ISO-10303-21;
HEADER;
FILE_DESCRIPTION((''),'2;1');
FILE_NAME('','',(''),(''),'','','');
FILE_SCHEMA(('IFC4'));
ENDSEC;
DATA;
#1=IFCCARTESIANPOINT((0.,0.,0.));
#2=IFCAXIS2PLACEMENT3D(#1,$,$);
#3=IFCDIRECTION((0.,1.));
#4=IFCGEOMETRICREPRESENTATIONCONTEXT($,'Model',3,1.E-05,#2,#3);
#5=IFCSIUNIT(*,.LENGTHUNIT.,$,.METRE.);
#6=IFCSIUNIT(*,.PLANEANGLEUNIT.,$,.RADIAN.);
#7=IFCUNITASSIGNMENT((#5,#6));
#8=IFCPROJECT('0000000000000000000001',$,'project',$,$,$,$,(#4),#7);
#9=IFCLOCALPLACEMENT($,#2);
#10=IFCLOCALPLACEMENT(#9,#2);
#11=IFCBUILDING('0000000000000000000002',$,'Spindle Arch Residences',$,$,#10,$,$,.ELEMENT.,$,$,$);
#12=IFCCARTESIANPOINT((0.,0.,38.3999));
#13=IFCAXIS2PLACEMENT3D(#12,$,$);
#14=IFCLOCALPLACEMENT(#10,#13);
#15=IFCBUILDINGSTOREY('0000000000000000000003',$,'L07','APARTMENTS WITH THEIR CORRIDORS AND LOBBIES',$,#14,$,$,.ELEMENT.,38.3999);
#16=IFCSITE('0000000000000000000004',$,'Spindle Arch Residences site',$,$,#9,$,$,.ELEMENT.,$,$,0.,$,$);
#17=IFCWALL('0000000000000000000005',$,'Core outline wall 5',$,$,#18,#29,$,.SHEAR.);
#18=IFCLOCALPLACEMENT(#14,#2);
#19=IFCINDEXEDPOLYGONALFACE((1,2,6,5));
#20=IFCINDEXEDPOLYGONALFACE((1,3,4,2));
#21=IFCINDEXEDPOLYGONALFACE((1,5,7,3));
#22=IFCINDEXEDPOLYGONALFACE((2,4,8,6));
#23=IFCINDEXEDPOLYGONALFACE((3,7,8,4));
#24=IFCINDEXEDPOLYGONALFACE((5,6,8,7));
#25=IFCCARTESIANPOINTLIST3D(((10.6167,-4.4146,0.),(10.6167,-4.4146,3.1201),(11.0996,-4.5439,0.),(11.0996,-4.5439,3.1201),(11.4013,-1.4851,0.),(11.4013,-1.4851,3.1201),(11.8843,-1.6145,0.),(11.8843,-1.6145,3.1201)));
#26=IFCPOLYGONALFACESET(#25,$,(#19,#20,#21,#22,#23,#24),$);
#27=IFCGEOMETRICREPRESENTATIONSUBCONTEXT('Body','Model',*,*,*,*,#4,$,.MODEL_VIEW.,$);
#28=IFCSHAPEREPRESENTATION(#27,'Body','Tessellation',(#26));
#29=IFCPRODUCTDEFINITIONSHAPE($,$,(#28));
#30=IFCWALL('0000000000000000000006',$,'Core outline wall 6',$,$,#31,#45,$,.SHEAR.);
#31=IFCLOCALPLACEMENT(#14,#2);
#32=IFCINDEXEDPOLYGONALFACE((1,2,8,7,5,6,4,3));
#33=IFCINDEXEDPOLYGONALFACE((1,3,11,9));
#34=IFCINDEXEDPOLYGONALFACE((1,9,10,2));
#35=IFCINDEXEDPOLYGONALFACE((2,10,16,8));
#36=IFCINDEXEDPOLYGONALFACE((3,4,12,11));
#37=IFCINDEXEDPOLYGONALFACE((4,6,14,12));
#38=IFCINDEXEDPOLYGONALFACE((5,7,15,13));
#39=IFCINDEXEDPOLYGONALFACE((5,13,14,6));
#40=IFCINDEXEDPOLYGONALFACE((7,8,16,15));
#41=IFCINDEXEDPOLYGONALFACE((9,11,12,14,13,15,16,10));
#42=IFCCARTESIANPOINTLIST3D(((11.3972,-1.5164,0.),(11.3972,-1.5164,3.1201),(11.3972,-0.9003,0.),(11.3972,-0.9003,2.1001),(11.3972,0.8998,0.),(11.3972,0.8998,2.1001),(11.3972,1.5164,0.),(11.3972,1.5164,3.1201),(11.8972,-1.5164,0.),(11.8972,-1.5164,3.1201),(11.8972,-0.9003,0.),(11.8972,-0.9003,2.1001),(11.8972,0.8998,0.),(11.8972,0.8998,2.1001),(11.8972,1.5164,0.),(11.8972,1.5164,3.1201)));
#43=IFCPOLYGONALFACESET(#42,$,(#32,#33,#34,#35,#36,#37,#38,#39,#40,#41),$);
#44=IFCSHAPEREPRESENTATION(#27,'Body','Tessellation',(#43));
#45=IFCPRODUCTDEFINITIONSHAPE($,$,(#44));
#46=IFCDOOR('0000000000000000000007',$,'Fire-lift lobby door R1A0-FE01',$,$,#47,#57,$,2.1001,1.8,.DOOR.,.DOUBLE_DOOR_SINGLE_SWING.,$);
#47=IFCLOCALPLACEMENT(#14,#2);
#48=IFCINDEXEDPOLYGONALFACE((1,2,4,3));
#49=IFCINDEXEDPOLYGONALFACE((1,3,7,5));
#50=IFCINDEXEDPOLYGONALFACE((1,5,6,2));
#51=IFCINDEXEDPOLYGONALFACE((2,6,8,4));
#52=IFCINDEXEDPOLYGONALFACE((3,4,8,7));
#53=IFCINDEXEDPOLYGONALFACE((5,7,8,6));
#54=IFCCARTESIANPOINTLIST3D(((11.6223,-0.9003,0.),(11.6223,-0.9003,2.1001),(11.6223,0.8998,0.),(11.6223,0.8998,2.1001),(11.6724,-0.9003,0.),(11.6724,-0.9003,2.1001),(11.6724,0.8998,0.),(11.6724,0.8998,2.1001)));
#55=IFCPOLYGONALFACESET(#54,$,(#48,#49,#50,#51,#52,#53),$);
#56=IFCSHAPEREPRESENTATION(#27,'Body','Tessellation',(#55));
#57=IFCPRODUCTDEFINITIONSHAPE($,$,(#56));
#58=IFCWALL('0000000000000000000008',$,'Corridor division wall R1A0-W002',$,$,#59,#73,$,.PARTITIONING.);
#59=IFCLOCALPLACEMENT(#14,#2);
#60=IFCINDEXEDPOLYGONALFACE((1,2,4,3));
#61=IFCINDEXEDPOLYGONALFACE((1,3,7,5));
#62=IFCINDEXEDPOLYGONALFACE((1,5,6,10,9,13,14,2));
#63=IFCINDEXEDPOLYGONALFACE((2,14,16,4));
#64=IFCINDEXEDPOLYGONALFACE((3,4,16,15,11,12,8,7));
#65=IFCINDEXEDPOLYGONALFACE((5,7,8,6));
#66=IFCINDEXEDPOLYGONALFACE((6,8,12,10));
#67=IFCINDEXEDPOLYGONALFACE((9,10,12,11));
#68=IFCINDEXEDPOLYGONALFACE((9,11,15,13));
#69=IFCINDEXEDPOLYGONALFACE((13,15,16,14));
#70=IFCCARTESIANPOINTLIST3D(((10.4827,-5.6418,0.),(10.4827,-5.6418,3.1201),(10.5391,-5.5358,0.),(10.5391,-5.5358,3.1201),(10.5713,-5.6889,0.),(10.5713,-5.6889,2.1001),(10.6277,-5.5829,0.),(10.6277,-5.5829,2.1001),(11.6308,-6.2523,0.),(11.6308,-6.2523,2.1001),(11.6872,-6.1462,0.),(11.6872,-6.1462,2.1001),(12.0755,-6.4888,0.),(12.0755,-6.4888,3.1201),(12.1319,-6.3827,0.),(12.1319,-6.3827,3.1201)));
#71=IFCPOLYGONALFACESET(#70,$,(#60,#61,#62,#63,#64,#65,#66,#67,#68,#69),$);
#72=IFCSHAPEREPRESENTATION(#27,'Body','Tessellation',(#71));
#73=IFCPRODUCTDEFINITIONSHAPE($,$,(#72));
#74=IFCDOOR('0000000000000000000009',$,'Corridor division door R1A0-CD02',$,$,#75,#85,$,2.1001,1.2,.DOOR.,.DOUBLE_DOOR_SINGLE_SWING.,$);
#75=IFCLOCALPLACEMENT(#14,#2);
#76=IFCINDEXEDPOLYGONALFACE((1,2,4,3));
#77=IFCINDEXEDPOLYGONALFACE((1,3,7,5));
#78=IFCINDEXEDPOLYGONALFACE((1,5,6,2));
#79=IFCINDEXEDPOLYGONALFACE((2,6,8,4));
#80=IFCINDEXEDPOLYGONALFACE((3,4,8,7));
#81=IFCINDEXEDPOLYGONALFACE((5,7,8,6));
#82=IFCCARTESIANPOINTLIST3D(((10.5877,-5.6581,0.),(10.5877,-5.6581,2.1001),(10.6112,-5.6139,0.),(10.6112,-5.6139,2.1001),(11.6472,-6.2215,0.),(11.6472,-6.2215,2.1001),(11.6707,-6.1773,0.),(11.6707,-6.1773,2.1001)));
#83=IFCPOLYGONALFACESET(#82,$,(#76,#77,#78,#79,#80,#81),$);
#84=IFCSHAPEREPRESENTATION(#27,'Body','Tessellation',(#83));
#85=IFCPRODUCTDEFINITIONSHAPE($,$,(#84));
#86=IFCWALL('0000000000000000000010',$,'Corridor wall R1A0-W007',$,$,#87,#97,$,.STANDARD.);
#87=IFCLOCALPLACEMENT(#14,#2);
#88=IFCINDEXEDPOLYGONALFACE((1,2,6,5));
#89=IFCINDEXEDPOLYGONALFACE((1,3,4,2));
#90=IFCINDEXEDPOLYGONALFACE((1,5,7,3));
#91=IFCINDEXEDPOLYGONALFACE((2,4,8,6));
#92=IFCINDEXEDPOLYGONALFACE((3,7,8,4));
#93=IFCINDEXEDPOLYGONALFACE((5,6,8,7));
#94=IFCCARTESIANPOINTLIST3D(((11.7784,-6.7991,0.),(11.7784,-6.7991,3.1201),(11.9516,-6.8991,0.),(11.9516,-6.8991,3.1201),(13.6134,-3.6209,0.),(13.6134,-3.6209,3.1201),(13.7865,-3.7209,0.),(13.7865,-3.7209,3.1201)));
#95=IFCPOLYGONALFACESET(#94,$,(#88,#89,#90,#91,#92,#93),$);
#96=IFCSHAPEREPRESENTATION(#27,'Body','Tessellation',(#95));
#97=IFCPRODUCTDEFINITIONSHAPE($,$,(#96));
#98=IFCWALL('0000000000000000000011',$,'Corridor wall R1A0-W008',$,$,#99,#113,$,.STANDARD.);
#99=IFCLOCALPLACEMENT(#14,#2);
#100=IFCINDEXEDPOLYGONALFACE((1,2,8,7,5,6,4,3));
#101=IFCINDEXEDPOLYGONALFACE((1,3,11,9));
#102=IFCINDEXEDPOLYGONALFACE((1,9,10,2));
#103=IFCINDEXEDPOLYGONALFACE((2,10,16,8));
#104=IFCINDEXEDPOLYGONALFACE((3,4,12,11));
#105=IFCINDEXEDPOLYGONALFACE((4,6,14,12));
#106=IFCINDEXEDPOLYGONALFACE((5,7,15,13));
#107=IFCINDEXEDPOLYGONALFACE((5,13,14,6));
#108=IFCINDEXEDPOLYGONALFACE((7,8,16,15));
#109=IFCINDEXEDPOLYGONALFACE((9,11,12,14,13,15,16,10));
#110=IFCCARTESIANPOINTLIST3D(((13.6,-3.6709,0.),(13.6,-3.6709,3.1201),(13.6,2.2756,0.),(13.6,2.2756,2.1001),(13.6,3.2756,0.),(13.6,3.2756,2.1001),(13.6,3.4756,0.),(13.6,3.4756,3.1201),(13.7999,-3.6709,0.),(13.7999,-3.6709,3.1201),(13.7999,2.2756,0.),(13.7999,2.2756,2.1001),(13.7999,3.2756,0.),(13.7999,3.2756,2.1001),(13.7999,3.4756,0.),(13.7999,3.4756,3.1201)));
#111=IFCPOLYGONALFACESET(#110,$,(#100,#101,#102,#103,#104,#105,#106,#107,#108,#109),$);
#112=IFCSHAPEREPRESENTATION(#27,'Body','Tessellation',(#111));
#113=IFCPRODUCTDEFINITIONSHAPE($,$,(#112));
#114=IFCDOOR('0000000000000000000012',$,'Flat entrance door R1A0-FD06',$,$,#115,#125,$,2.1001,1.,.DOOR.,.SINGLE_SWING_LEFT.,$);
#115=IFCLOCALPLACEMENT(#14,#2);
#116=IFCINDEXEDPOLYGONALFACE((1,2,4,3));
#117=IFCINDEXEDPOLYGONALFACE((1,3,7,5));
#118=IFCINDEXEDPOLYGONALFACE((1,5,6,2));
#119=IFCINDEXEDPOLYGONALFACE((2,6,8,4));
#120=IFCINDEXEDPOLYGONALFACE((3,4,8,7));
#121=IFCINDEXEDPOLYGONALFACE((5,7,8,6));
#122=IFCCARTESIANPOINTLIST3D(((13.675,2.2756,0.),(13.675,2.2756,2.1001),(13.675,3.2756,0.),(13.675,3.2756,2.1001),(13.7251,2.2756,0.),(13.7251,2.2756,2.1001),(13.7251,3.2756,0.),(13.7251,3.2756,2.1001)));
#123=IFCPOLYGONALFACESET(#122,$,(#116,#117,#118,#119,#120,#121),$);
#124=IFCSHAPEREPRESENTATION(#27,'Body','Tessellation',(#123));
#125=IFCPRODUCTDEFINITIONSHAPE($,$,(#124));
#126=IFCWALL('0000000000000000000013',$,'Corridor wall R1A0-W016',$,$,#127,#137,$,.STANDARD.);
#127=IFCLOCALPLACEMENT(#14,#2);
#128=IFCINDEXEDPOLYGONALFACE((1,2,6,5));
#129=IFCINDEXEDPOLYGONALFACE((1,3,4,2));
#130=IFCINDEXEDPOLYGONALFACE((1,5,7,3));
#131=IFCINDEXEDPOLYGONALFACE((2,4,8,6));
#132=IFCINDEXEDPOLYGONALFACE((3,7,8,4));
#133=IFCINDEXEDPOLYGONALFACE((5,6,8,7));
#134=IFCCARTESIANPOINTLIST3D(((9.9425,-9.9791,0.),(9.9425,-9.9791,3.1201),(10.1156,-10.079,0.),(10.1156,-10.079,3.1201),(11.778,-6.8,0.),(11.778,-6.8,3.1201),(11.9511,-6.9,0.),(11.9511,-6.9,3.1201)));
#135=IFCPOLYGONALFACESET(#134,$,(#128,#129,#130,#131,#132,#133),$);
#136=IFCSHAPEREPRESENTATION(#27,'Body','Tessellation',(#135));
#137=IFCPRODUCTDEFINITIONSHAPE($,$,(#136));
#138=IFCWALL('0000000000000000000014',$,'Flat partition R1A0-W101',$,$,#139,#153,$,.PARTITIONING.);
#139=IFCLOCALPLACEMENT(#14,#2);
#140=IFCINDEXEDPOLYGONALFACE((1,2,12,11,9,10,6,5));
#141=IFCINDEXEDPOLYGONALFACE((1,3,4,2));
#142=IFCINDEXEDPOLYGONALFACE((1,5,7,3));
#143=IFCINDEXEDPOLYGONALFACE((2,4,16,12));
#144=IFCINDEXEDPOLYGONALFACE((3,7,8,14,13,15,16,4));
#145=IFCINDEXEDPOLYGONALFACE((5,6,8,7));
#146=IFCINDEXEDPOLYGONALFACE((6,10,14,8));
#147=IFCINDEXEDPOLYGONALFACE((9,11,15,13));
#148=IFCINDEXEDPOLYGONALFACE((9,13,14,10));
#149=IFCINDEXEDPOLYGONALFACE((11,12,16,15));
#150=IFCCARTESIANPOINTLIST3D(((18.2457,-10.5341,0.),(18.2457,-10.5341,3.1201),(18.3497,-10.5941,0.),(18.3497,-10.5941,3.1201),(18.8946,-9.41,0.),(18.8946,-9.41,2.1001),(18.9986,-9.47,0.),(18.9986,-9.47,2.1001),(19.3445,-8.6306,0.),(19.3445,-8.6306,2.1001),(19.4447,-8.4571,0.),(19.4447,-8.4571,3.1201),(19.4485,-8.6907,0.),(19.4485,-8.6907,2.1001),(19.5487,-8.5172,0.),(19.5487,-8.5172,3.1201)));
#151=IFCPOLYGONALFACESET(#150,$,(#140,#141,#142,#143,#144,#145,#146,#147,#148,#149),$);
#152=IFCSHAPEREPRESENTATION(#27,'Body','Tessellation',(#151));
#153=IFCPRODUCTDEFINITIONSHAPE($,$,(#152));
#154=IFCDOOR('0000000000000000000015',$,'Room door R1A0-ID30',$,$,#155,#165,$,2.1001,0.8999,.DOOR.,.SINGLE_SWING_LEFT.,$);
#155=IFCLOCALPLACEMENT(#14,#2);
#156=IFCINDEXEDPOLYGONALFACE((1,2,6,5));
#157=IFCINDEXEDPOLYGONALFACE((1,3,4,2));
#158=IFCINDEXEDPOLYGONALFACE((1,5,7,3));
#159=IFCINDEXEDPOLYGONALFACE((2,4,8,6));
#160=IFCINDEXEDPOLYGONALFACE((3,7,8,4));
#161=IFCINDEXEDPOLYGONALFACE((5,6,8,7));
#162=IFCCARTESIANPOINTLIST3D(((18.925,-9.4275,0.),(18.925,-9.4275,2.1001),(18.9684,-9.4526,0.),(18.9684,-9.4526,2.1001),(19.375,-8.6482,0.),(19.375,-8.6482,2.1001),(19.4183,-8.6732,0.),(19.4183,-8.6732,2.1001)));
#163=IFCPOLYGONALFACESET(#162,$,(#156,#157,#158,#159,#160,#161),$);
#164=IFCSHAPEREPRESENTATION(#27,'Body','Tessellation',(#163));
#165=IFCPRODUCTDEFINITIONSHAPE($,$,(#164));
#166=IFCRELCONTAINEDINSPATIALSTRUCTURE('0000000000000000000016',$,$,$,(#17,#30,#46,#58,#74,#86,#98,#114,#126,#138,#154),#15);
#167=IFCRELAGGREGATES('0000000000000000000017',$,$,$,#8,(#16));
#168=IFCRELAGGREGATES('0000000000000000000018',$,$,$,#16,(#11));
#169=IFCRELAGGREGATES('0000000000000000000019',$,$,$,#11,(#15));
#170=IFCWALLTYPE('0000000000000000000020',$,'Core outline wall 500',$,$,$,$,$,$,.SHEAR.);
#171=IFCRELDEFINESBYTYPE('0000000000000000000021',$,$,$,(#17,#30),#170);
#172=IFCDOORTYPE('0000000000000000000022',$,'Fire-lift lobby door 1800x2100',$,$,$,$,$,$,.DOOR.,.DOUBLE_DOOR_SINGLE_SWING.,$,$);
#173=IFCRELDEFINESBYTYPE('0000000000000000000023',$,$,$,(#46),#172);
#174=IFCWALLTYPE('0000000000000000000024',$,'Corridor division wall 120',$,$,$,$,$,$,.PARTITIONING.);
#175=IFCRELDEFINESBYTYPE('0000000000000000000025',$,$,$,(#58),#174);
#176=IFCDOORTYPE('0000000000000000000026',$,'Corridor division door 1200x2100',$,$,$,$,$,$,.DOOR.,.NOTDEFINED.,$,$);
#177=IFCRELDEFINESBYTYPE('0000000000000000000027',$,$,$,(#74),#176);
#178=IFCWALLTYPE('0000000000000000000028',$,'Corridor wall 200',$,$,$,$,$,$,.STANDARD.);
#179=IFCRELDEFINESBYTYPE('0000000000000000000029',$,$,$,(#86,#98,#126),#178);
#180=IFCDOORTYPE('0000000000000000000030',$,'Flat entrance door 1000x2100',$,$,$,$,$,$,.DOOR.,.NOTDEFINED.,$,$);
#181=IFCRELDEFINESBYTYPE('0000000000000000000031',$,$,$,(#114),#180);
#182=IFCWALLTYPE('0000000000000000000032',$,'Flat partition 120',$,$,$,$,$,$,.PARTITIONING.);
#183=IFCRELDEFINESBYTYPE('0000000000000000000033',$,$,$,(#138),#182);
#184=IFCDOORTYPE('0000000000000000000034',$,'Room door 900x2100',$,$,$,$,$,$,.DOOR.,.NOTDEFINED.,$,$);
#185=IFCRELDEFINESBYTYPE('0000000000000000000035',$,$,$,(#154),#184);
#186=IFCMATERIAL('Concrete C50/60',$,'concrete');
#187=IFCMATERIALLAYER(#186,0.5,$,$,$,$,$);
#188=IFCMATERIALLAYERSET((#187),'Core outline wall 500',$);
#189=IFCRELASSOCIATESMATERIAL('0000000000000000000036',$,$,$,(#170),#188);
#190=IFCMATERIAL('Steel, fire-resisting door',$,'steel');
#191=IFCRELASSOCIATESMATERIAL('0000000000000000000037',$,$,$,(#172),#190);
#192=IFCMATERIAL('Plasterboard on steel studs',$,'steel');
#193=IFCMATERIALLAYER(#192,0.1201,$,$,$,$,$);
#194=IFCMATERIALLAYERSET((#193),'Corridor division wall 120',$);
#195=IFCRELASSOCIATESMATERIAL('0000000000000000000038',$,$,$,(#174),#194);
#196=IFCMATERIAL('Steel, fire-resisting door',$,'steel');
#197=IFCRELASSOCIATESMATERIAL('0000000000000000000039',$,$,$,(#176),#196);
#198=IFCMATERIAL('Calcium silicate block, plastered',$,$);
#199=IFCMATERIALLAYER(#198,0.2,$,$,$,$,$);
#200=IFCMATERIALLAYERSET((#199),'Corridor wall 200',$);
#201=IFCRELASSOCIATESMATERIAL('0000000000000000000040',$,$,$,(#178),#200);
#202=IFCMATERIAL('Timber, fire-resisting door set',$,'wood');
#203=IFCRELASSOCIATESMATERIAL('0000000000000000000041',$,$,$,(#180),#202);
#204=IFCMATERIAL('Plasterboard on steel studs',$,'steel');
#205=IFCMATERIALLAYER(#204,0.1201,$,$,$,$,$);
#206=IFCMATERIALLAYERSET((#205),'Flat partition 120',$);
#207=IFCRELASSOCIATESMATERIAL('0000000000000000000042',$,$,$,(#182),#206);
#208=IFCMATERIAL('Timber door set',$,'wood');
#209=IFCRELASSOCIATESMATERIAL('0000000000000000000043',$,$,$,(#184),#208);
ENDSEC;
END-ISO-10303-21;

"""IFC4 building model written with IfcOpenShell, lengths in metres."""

from ifc_helpers import new_model, si_unit, direction, frame, frame_2d, origin, place, context, subcontext, project, spatial, rectangle, extrude, material, layer, layer_set, type_object, element, fill, save


model = new_model("IFC4")

# Units and contexts
model_context = context("Model", 3, precision=1e-05, world=origin(), true_north=direction((0.0, 1.0)))
body_context = subcontext(model_context, "Body", "Model", "MODEL_VIEW")
ifc_project = project(units=[si_unit("LENGTHUNIT", "METRE"), si_unit("PLANEANGLEUNIT", "RADIAN")], contexts=[model_context])

# Site, building, storey
site_placement = place(None, origin())
site = spatial("IfcSite", under=ifc_project, at=site_placement, Name="Spindle Arch Residences site", CompositionType="ELEMENT", RefElevation=0.0)
building_placement = place(site_placement, origin())
building = spatial("IfcBuilding", under=site, at=building_placement, Name="Spindle Arch Residences", CompositionType="ELEMENT")
storey_placement = place(building_placement, frame((0.0, 0.0, 38.3999)))
storey = spatial("IfcBuildingStorey", under=building, at=storey_placement, Name="L07", Description="APARTMENTS WITH THEIR CORRIDORS AND LOBBIES", CompositionType="ELEMENT", Elevation=38.3999)

# Wall
ifc_material_1 = material(Name="Concrete C50/60", Category="concrete")
ifc_layer_1 = layer(ifc_material_1, 0.5)
ifc_layer_set_1 = layer_set([ifc_layer_1], Name="Core outline wall 500")
wall_type_1 = type_object("IfcWallType", Name="Core outline wall 500", PredefinedType="SHEAR", material=ifc_layer_set_1)
wall_1_placement = place(storey_placement, frame((10.8582, -4.4792, 0.0), z_axis=(0.0, 0.0, 1.0), x_axis=(0.258735, 0.965948, 0.0)))
element("IfcWall", 1, at=wall_1_placement, inside=storey, type_object=wall_type_1, Name="Core outline wall 5", PredefinedType="SHEAR", context=body_context, shape_type="SweptSolid", body=[
    extrude(rectangle(XDim=3.0327, YDim=0.5, at=frame_2d((1.5164, 0.0))), origin(), (0.0, 0.0, 1.0), 3.1201),
])

# Walls, openings, doors
wall_2_placement = place(storey_placement, frame((11.6472, -1.5164, 0.0), z_axis=(0.0, 0.0, 1.0), x_axis=(0.0, 1.0, 0.0)))
wall_2 = element("IfcWall", 2, at=wall_2_placement, inside=storey, type_object=wall_type_1, Name="Core outline wall 6", PredefinedType="SHEAR", context=body_context, shape_type="SweptSolid", body=[
    extrude(rectangle(XDim=3.0327, YDim=0.5, at=frame_2d((1.5164, 0.0))), origin(), (0.0, 0.0, 1.0), 3.1201),
])
opening_1_placement = place(wall_2_placement, frame((0.6162, 0.0, 0.0)))
opening_1 = element("IfcOpeningElement", 3, at=opening_1_placement, cuts=wall_2, PredefinedType="OPENING", context=body_context, shape_type="SweptSolid", body=[
    extrude(rectangle(XDim=1.8, YDim=2.1001, at=frame_2d((0.8999, 1.05))), frame((0.0, 0.26, 0.0), z_axis=(0.0, -1.0, 0.0), x_axis=(1.0, 0.0, 0.0)), (0.0, 0.0, 1.0), 0.52),
])
ifc_material_2 = material(Name="Steel, fire-resisting door", Category="steel")
door_type_1 = type_object("IfcDoorType", Name="Fire-lift lobby door 1800x2100", OperationType="DOUBLE_DOOR_SINGLE_SWING", PredefinedType="DOOR", material=ifc_material_2)
door_1_placement = place(opening_1_placement, origin())
door_1 = element("IfcDoor", 4, at=door_1_placement, inside=storey, type_object=door_type_1, Name="Fire-lift lobby door R1A0-FE01", OperationType="DOUBLE_DOOR_SINGLE_SWING", OverallHeight=2.1001, OverallWidth=1.8, PredefinedType="DOOR", context=body_context, shape_type="SweptSolid", body=[
    extrude(rectangle(XDim=1.8, YDim=2.1001, at=frame_2d((0.8999, 1.05))), frame((0.0, 0.0249, 0.0), z_axis=(0.0, -1.0, 0.0), x_axis=(1.0, 0.0, 0.0)), (0.0, 0.0, 1.0), 0.05),
])
fill(opening_1, door_1)
ifc_material_3 = material(Name="Plasterboard on steel studs", Category="steel")
ifc_layer_2 = layer(ifc_material_3, 0.1201)
ifc_layer_set_2 = layer_set([ifc_layer_2], Name="Corridor division wall 120")
wall_type_2 = type_object("IfcWallType", Name="Corridor division wall 120", PredefinedType="PARTITIONING", material=ifc_layer_set_2)
wall_3_placement = place(storey_placement, frame((10.511, -5.5889, 0.0), z_axis=(0.0, 0.0, 1.0), x_axis=(0.88294, -0.469485, 0.0)))
wall_3 = element("IfcWall", 5, at=wall_3_placement, inside=storey, type_object=wall_type_2, Name="Corridor division wall R1A0-W002", PredefinedType="PARTITIONING", context=body_context, shape_type="SweptSolid", body=[
    extrude(rectangle(XDim=1.804, YDim=0.1201, at=frame_2d((0.9019, 0.0))), origin(), (0.0, 0.0, 1.0), 3.1201),
])
opening_2_placement = place(wall_3_placement, frame((0.1001, 0.0, 0.0)))
opening_2 = element("IfcOpeningElement", 6, at=opening_2_placement, cuts=wall_3, PredefinedType="OPENING", context=body_context, shape_type="SweptSolid", body=[
    extrude(rectangle(XDim=1.2, YDim=2.1001, at=frame_2d((0.6001, 1.05))), frame((0.0, 0.0701, 0.0), z_axis=(0.0, -1.0, 0.0), x_axis=(1.0, 0.0, 0.0)), (0.0, 0.0, 1.0), 0.1401),
])
ifc_material_4 = material(Name="Steel, fire-resisting door", Category="steel")
door_type_2 = type_object("IfcDoorType", Name="Corridor division door 1200x2100", OperationType="NOTDEFINED", PredefinedType="DOOR", material=ifc_material_4)
door_2_placement = place(opening_2_placement, origin())
door_2 = element("IfcDoor", 7, at=door_2_placement, inside=storey, type_object=door_type_2, Name="Corridor division door R1A0-CD02", OperationType="DOUBLE_DOOR_SINGLE_SWING", OverallHeight=2.1001, OverallWidth=1.2, PredefinedType="DOOR", context=body_context, shape_type="SweptSolid", body=[
    extrude(rectangle(XDim=1.2, YDim=2.1001, at=frame_2d((0.6001, 1.05))), frame((0.0, 0.0249, 0.0), z_axis=(0.0, -1.0, 0.0), x_axis=(1.0, 0.0, 0.0)), (0.0, 0.0, 1.0), 0.05),
])
fill(opening_2, door_2)

# Wall
ifc_material_5 = material(Name="Calcium silicate block, plastered")
ifc_layer_3 = layer(ifc_material_5, 0.2)
ifc_layer_set_3 = layer_set([ifc_layer_3], Name="Corridor wall 200")
wall_type_3 = type_object("IfcWallType", Name="Corridor wall 200", PredefinedType="STANDARD", material=ifc_layer_set_3)
wall_4_placement = place(storey_placement, frame((11.865, -6.8491, 0.0), z_axis=(0.0, 0.0, 1.0), x_axis=(0.500003, 0.866024, 0.0)))
element("IfcWall", 8, at=wall_4_placement, inside=storey, type_object=wall_type_3, Name="Corridor wall R1A0-W007", PredefinedType="STANDARD", context=body_context, shape_type="SweptSolid", body=[
    extrude(rectangle(XDim=3.6699, YDim=0.2, at=frame_2d((1.835, 0.0))), origin(), (0.0, 0.0, 1.0), 3.1201),
])

# Wall, opening, door
wall_5_placement = place(storey_placement, frame((13.7, -3.6709, 0.0), z_axis=(0.0, 0.0, 1.0), x_axis=(0.0, 1.0, 0.0)))
wall_5 = element("IfcWall", 9, at=wall_5_placement, inside=storey, type_object=wall_type_3, Name="Corridor wall R1A0-W008", PredefinedType="STANDARD", context=body_context, shape_type="SweptSolid", body=[
    extrude(rectangle(XDim=7.1465, YDim=0.2, at=frame_2d((3.5732, 0.0))), origin(), (0.0, 0.0, 1.0), 3.1201),
])
opening_3_placement = place(wall_5_placement, frame((5.9465, 0.0, 0.0)))
opening_3 = element("IfcOpeningElement", 10, at=opening_3_placement, cuts=wall_5, PredefinedType="OPENING", context=body_context, shape_type="SweptSolid", body=[
    extrude(rectangle(XDim=1.0, YDim=2.1001, at=frame_2d((0.5, 1.05))), frame((0.0, 0.1099, 0.0), z_axis=(0.0, -1.0, 0.0), x_axis=(1.0, 0.0, 0.0)), (0.0, 0.0, 1.0), 0.22),
])
ifc_material_6 = material(Name="Timber, fire-resisting door set", Category="wood")
door_type_3 = type_object("IfcDoorType", Name="Flat entrance door 1000x2100", OperationType="NOTDEFINED", PredefinedType="DOOR", material=ifc_material_6)
door_3_placement = place(opening_3_placement, origin())
door_3 = element("IfcDoor", 11, at=door_3_placement, inside=storey, type_object=door_type_3, Name="Flat entrance door R1A0-FD06", OperationType="SINGLE_SWING_LEFT", OverallHeight=2.1001, OverallWidth=1.0, PredefinedType="DOOR", context=body_context, shape_type="SweptSolid", body=[
    extrude(rectangle(XDim=1.0, YDim=2.1001, at=frame_2d((0.5, 1.05))), frame((0.0, 0.0249, 0.0), z_axis=(0.0, -1.0, 0.0), x_axis=(1.0, 0.0, 0.0)), (0.0, 0.0, 1.0), 0.05),
])
fill(opening_3, door_3)

# Wall
wall_6_placement = place(storey_placement, frame((10.0291, -10.0291, 0.0), z_axis=(0.0, 0.0, 1.0), x_axis=(0.500016, 0.866016, 0.0)))
element("IfcWall", 12, at=wall_6_placement, inside=storey, type_object=wall_type_3, Name="Corridor wall R1A0-W016", PredefinedType="STANDARD", context=body_context, shape_type="SweptSolid", body=[
    extrude(rectangle(XDim=3.6709, YDim=0.2, at=frame_2d((1.8354, 0.0))), origin(), (0.0, 0.0, 1.0), 3.1201),
])

# Wall, opening, door
ifc_material_7 = material(Name="Plasterboard on steel studs", Category="steel")
ifc_layer_4 = layer(ifc_material_7, 0.1201)
ifc_layer_set_4 = layer_set([ifc_layer_4], Name="Flat partition 120")
wall_type_4 = type_object("IfcWallType", Name="Flat partition 120", PredefinedType="PARTITIONING", material=ifc_layer_set_4)
wall_7_placement = place(storey_placement, frame((18.2976, -10.5642, 0.0), z_axis=(0.0, 0.0, 1.0), x_axis=(0.49996, 0.866048, 0.0)))
wall_7 = element("IfcWall", 13, at=wall_7_placement, inside=storey, type_object=wall_type_4, Name="Flat partition R1A0-W101", PredefinedType="PARTITIONING", context=body_context, shape_type="SweptSolid", body=[
    extrude(rectangle(XDim=2.3982, YDim=0.1201, at=frame_2d((1.1992, 0.0))), origin(), (0.0, 0.0, 1.0), 3.1201),
])
opening_4_placement = place(wall_7_placement, frame((1.2981, 0.0, 0.0)))
opening_4 = element("IfcOpeningElement", 14, at=opening_4_placement, cuts=wall_7, PredefinedType="OPENING", context=body_context, shape_type="SweptSolid", body=[
    extrude(rectangle(XDim=0.8999, YDim=2.1001, at=frame_2d((0.45, 1.05))), frame((0.0, 0.0701, 0.0), z_axis=(0.0, -1.0, 0.0), x_axis=(1.0, 0.0, 0.0)), (0.0, 0.0, 1.0), 0.1401),
])
ifc_material_8 = material(Name="Timber door set", Category="wood")
door_type_4 = type_object("IfcDoorType", Name="Room door 900x2100", OperationType="NOTDEFINED", PredefinedType="DOOR", material=ifc_material_8)
door_4_placement = place(opening_4_placement, origin())
door_4 = element("IfcDoor", 15, at=door_4_placement, inside=storey, type_object=door_type_4, Name="Room door R1A0-ID30", OperationType="SINGLE_SWING_LEFT", OverallHeight=2.1001, OverallWidth=0.8999, PredefinedType="DOOR", context=body_context, shape_type="SweptSolid", body=[
    extrude(rectangle(XDim=0.8999, YDim=2.1001, at=frame_2d((0.45, 1.05))), frame((0.0, 0.0249, 0.0), z_axis=(0.0, -1.0, 0.0), x_axis=(1.0, 0.0, 0.0)), (0.0, 0.0, 1.0), 0.05),
])
fill(opening_4, door_4)

save(model, "model.ifc")
